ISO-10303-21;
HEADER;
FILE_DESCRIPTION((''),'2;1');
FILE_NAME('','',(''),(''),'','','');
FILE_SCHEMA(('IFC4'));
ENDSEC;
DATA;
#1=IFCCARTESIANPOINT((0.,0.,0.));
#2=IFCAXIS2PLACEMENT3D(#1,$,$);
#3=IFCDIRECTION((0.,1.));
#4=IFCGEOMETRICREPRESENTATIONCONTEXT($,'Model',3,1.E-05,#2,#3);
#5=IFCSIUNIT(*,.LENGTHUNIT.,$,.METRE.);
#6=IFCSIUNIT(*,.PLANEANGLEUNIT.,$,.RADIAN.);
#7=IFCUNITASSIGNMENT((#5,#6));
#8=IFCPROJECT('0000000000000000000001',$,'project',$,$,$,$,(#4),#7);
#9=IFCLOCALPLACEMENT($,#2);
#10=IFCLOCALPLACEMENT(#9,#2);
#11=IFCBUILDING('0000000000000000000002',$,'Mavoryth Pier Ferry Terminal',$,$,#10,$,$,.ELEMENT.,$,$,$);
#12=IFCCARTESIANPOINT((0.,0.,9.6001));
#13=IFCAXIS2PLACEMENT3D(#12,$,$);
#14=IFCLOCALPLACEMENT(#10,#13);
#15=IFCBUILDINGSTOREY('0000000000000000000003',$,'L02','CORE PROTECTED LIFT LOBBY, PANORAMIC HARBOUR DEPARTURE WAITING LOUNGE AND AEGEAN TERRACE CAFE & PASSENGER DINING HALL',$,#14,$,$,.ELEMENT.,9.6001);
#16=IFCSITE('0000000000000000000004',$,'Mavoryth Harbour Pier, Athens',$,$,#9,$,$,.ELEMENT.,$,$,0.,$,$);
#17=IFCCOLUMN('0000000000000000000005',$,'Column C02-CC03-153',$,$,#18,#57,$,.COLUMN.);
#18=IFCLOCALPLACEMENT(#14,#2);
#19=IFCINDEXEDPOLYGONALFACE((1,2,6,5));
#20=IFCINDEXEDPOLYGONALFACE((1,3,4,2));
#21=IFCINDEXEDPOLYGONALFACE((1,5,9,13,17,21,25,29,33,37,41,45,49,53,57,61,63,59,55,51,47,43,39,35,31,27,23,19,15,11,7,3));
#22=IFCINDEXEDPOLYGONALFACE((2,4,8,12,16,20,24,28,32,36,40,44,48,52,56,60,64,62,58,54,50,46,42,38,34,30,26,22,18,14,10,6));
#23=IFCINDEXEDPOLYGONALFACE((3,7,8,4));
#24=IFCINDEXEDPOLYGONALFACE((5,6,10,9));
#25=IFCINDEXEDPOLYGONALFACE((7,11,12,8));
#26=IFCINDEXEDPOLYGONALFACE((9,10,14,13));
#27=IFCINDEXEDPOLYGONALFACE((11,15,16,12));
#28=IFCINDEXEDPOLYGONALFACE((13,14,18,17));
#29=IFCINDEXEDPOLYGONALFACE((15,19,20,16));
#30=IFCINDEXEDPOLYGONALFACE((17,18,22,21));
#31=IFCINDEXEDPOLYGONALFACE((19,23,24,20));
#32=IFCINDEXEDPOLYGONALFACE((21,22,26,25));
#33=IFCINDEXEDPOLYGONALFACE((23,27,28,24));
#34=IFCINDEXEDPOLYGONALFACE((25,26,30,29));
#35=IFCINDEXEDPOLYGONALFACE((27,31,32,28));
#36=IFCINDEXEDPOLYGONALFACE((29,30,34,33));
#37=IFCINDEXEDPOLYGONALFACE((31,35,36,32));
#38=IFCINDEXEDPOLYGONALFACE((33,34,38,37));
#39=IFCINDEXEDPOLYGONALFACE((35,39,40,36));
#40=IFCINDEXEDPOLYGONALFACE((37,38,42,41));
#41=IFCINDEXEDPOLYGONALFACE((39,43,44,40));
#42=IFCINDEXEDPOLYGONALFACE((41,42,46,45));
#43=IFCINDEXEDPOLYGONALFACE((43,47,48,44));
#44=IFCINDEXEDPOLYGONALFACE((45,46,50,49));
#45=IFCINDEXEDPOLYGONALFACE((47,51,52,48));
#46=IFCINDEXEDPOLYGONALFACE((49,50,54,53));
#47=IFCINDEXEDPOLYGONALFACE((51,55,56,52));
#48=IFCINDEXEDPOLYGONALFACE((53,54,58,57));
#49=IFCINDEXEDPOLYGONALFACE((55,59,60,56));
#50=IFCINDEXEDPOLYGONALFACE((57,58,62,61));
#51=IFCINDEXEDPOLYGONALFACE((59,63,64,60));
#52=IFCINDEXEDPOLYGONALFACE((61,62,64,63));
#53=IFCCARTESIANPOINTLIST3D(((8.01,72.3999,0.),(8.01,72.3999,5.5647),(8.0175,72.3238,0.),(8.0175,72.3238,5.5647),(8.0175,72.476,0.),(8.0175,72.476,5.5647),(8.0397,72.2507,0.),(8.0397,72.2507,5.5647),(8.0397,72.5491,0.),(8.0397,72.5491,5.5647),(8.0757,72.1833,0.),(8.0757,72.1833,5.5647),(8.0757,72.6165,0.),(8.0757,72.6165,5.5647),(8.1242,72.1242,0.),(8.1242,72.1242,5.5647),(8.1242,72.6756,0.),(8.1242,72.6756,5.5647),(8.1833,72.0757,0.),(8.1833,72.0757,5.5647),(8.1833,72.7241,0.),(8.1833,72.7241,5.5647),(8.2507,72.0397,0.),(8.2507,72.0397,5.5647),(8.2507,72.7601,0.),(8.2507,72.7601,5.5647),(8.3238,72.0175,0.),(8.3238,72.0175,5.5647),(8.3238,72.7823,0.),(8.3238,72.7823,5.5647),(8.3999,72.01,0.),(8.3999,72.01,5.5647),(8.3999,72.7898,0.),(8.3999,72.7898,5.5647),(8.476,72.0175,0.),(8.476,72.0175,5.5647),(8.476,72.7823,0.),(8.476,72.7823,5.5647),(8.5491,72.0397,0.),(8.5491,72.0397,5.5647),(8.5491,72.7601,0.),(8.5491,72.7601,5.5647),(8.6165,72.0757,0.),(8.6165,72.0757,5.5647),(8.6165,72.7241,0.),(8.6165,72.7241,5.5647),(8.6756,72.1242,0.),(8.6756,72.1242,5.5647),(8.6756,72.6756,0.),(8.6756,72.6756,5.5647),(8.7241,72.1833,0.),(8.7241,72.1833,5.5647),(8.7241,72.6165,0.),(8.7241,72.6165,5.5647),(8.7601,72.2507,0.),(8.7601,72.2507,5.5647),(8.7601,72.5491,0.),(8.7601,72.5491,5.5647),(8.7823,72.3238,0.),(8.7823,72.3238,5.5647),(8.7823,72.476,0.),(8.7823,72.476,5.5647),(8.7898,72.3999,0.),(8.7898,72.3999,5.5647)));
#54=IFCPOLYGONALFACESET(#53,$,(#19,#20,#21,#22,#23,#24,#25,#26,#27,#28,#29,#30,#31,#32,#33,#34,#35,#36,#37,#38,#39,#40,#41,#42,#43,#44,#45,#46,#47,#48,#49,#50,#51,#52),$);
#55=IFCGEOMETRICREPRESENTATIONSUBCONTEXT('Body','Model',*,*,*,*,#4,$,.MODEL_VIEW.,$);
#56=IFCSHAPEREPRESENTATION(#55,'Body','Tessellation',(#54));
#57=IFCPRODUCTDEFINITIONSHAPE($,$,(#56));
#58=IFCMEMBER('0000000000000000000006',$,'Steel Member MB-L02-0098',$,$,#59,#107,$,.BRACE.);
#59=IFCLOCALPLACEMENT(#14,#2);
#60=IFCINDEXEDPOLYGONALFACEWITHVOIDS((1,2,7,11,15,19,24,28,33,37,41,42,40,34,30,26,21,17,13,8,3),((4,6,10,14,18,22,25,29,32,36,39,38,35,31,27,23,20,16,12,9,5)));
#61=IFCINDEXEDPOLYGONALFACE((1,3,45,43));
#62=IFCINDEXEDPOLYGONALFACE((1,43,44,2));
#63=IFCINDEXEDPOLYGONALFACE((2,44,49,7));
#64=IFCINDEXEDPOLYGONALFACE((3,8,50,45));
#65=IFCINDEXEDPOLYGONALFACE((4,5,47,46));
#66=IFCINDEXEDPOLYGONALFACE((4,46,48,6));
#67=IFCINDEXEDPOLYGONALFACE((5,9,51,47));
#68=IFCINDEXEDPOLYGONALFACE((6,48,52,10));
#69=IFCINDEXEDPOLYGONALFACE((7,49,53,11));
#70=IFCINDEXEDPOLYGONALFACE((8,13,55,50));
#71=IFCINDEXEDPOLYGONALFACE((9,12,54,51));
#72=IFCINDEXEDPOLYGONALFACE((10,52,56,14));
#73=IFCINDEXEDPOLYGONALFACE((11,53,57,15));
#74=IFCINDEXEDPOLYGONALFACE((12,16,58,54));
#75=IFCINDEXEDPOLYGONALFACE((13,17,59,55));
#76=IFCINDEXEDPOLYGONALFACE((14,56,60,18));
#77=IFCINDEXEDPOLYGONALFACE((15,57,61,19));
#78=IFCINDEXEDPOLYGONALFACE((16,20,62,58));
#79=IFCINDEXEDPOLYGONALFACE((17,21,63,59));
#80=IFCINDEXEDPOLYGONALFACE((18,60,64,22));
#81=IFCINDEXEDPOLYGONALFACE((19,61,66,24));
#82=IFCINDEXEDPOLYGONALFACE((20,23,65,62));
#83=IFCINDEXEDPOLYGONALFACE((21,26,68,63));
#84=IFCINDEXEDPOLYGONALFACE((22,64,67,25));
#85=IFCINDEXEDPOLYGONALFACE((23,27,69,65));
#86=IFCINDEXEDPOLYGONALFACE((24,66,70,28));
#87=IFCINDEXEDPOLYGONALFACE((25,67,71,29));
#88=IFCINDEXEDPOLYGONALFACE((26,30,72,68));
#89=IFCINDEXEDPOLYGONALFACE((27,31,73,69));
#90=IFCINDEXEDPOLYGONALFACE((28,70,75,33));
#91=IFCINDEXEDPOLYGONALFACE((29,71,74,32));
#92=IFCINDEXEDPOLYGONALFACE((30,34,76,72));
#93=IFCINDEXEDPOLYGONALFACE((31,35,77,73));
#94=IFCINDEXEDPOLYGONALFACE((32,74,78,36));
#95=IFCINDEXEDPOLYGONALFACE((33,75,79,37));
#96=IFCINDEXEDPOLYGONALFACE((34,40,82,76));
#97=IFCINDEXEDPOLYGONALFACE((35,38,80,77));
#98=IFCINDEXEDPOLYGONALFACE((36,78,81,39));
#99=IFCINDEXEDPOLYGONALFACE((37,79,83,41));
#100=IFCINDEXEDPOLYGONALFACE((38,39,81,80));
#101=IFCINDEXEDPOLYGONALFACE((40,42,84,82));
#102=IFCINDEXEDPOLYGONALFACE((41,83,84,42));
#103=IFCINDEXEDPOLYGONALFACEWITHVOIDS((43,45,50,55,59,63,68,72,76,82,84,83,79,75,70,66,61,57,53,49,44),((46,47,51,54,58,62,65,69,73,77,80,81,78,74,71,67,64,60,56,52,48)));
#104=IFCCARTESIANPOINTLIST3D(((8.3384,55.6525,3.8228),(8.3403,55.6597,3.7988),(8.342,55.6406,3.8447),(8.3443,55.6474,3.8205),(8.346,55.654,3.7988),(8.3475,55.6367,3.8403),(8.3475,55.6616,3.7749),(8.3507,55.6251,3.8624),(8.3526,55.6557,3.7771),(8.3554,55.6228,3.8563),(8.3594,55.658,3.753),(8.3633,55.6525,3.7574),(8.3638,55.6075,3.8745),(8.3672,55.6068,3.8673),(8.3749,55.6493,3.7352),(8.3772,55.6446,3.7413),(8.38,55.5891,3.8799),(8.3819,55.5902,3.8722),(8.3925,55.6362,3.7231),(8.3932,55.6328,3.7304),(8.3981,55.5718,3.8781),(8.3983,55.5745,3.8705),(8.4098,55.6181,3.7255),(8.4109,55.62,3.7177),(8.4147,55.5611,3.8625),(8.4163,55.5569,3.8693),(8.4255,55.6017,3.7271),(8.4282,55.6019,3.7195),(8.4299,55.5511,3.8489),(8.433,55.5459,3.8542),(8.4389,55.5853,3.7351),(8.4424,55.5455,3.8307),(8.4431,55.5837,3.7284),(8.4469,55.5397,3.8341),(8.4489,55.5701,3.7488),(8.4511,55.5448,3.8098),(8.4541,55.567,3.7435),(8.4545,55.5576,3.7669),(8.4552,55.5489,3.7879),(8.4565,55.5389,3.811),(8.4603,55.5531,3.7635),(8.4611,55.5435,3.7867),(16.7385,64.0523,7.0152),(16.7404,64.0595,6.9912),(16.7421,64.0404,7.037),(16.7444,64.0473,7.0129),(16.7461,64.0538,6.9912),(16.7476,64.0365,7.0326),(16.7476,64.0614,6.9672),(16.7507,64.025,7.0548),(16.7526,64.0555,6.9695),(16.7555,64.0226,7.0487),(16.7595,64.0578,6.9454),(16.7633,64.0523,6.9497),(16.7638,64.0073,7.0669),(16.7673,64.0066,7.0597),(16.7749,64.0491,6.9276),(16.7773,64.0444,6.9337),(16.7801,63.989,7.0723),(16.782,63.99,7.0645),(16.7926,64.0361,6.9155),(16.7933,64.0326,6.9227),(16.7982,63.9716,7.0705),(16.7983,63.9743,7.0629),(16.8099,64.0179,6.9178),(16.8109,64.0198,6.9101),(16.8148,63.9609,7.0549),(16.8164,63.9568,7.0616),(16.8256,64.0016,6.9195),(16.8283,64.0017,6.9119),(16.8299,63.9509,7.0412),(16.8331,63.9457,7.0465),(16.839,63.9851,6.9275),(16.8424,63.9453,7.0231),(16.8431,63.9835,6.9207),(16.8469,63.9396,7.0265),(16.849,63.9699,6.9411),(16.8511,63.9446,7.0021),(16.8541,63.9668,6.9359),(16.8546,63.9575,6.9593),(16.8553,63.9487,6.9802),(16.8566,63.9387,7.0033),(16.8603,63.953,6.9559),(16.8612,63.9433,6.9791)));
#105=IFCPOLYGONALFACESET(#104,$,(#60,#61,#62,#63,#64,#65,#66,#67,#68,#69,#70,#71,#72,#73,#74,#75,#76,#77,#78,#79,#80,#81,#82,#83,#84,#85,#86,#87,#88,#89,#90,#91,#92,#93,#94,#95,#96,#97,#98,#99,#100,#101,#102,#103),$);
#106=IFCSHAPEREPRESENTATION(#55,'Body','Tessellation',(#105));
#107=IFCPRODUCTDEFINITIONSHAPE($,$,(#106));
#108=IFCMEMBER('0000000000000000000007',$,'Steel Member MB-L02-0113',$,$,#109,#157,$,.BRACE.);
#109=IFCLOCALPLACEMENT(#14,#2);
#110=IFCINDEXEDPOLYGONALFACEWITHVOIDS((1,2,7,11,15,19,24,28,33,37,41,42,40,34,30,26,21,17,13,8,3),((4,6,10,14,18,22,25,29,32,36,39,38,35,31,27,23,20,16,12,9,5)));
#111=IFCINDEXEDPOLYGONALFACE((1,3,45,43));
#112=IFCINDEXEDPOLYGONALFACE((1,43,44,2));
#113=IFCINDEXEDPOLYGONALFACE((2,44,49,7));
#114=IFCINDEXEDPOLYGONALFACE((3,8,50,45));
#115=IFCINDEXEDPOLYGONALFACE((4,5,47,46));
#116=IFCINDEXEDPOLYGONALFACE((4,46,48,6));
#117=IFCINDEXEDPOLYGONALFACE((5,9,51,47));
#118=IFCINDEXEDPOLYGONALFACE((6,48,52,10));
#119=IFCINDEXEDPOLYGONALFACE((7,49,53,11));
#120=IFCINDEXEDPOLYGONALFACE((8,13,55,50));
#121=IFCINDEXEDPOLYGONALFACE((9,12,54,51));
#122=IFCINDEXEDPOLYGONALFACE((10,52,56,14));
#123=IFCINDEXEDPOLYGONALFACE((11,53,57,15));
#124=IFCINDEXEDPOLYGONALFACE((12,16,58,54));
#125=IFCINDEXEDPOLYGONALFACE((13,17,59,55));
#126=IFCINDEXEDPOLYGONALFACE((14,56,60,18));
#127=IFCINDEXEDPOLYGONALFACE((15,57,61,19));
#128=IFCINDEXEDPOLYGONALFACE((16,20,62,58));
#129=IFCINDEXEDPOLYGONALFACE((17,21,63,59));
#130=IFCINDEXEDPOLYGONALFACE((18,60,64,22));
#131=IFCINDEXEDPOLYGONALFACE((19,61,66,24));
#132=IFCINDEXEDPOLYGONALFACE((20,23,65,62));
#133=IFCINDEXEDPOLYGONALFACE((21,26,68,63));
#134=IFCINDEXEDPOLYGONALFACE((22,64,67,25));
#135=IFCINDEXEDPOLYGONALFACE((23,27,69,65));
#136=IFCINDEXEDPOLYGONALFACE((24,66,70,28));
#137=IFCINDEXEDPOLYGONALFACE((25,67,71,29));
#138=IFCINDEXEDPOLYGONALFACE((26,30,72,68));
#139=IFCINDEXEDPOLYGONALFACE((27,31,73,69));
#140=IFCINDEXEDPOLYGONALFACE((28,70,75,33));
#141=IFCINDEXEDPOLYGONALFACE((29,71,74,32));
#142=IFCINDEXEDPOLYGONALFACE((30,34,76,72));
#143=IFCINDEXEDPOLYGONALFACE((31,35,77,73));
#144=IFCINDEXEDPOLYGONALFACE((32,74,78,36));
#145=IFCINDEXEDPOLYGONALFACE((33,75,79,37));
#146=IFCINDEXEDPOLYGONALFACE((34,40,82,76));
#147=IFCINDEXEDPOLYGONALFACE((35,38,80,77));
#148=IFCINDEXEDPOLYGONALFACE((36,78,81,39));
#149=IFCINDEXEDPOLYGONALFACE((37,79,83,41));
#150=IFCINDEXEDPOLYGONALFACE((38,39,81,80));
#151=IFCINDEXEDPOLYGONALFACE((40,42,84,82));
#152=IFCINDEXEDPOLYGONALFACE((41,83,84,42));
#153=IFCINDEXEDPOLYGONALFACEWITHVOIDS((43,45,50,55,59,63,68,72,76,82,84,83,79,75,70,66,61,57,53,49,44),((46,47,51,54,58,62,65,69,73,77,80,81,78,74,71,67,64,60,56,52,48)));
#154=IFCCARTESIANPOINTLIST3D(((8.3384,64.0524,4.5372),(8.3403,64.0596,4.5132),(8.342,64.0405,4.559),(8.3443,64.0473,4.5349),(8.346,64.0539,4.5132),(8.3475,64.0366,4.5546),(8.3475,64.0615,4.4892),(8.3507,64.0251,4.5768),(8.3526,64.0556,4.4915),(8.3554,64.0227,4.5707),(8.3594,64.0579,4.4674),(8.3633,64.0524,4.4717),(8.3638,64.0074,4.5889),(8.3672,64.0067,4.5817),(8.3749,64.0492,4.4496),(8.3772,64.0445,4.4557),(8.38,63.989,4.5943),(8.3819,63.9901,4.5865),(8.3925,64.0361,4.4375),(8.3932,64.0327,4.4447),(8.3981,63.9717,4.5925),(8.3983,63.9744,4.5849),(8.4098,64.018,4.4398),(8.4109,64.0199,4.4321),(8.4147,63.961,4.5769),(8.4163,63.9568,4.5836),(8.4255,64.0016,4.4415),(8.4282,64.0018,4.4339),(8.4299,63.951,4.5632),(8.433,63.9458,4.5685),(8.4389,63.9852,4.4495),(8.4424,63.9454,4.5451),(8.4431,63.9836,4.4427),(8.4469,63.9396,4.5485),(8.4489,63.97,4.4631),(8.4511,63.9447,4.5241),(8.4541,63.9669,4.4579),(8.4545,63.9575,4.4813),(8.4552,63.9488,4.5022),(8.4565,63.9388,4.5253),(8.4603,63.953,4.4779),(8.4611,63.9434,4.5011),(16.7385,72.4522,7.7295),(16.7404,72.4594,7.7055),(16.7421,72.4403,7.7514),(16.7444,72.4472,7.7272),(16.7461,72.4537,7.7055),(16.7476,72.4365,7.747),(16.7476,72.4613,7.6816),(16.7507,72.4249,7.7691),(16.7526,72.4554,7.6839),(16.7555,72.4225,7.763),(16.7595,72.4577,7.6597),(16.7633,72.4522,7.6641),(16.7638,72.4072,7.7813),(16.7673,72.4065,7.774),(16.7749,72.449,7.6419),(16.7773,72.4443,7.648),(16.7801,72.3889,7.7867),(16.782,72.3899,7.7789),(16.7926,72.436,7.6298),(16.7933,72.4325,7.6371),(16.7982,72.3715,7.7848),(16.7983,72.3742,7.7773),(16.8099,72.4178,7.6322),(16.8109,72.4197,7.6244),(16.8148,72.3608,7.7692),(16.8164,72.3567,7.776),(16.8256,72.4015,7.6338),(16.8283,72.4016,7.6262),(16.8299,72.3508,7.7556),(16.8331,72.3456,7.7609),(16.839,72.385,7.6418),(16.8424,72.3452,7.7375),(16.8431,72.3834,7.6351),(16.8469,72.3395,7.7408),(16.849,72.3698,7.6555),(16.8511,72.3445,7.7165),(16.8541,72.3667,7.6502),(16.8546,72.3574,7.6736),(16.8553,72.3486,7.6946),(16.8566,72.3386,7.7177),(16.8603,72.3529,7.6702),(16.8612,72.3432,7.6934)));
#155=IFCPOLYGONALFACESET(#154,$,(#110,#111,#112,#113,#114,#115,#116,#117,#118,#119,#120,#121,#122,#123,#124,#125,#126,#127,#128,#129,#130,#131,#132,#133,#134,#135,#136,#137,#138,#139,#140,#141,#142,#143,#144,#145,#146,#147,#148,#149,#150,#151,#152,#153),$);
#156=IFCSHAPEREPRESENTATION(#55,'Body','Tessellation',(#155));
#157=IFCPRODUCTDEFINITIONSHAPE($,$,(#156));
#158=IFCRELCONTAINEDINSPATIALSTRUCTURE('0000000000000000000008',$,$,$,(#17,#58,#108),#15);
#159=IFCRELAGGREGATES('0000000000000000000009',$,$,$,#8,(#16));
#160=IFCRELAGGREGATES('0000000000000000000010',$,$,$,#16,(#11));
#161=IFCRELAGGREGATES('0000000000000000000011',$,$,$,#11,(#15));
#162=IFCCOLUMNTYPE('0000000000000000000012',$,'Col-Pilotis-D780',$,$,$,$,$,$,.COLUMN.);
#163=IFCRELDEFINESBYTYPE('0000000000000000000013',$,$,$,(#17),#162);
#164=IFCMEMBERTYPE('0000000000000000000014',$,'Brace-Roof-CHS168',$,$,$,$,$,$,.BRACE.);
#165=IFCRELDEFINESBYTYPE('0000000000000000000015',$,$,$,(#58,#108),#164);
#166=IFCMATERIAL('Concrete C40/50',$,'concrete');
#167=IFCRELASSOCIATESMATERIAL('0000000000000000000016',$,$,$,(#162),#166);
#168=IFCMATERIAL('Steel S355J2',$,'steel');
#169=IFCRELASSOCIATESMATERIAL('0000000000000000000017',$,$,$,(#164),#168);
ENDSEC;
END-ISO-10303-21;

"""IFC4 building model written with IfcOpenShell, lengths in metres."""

from ifc_helpers import new_model, si_unit, direction, frame, origin, origin_2d, place, context, subcontext, project, spatial, circle, hollow_circle, extrude, material, material_profile, profile_set, type_object, element, save


model = new_model("IFC4")

# Units and contexts
model_context = context("Model", 3, precision=1e-05, world=origin(), true_north=direction((0.0, 1.0)))
body_context = subcontext(model_context, "Body", "Model", "MODEL_VIEW")
ifc_project = project(units=[si_unit("LENGTHUNIT", "METRE"), si_unit("PLANEANGLEUNIT", "RADIAN")], contexts=[model_context])

# Site, building, storey
site_placement = place(None, origin())
site = spatial("IfcSite", under=ifc_project, at=site_placement, Name="Mavoryth Harbour Pier, Athens", CompositionType="ELEMENT", RefElevation=0.0)
building_placement = place(site_placement, origin())
building = spatial("IfcBuilding", under=site, at=building_placement, Name="Mavoryth Pier Ferry Terminal", CompositionType="ELEMENT")
storey_placement = place(building_placement, frame((0.0, 0.0, 9.6001)))
storey = spatial("IfcBuildingStorey", under=building, at=storey_placement, Name="L02", Description="CORE PROTECTED LIFT LOBBY, PANORAMIC HARBOUR DEPARTURE WAITING LOUNGE AND AEGEAN TERRACE CAFE & PASSENGER DINING HALL", CompositionType="ELEMENT", Elevation=9.6001)

# Column
ifc_material_1 = material(Name="Concrete C40/50", Category="concrete")
ifc_material_profile_1 = material_profile(ifc_material_1, circle(Radius=0.3899, at=origin_2d()), Name="RC D780", Category="concrete")
ifc_profile_set_1 = profile_set([ifc_material_profile_1], Name="Concrete C40/50 - RC D780")
column_type = type_object("IfcColumnType", Name="Col-Pilotis-D780", PredefinedType="COLUMN", material=ifc_profile_set_1)
column_placement = place(storey_placement, frame((8.3999, 72.3999, 0.0), z_axis=(0.0, 0.0, 1.0), x_axis=(1.0, 0.0, 0.0)))
element("IfcColumn", 1, at=column_placement, inside=storey, type_object=column_type, Name="Column C02-CC03-153", PredefinedType="COLUMN", context=body_context, shape_type="SweptSolid", body=[
    extrude(circle(Radius=0.3899, at=origin_2d()), origin(), (0.0, 0.0, 1.0), 5.5647),
])

# Members
ifc_material_2 = material(Name="Steel S355J2", Category="steel")
ifc_material_profile_2 = material_profile(ifc_material_2, hollow_circle(Radius=0.0842, WallThickness=0.0081, at=origin_2d()), Name="CHS 168.3x8.0", Category="steel")
ifc_profile_set_2 = profile_set([ifc_material_profile_2], Name="Steel S355J2 - CHS 168.3x8.0")
member_type_1 = type_object("IfcMemberType", Name="Brace-Roof-CHS168", PredefinedType="BRACE", material=ifc_profile_set_2)
for number, where, z_axis, x_axis, name in (
    (2, (8.3999, 55.6001, 3.7988), (0.682889, 0.682869, 0.259524), (-0.707097, 0.707117, 0.0), "Steel Member MB-L02-0098"),
    (3, (8.3999, 64.0, 4.5132), (0.682889, 0.682869, 0.259524), (-0.707097, 0.707117, 0.0), "Steel Member MB-L02-0113"),
):
    element("IfcMember", number, at=place(storey_placement, frame(where, z_axis=z_axis, x_axis=x_axis)), inside=storey, type_object=member_type_1, Name=name, PredefinedType="BRACE", context=body_context, shape_type="SweptSolid", body=[
        extrude(hollow_circle(Radius=0.0842, WallThickness=0.0081, at=origin_2d()), origin(), (0.0, 0.0, 1.0), 12.3008),
    ])

save(model, "model.ifc")
